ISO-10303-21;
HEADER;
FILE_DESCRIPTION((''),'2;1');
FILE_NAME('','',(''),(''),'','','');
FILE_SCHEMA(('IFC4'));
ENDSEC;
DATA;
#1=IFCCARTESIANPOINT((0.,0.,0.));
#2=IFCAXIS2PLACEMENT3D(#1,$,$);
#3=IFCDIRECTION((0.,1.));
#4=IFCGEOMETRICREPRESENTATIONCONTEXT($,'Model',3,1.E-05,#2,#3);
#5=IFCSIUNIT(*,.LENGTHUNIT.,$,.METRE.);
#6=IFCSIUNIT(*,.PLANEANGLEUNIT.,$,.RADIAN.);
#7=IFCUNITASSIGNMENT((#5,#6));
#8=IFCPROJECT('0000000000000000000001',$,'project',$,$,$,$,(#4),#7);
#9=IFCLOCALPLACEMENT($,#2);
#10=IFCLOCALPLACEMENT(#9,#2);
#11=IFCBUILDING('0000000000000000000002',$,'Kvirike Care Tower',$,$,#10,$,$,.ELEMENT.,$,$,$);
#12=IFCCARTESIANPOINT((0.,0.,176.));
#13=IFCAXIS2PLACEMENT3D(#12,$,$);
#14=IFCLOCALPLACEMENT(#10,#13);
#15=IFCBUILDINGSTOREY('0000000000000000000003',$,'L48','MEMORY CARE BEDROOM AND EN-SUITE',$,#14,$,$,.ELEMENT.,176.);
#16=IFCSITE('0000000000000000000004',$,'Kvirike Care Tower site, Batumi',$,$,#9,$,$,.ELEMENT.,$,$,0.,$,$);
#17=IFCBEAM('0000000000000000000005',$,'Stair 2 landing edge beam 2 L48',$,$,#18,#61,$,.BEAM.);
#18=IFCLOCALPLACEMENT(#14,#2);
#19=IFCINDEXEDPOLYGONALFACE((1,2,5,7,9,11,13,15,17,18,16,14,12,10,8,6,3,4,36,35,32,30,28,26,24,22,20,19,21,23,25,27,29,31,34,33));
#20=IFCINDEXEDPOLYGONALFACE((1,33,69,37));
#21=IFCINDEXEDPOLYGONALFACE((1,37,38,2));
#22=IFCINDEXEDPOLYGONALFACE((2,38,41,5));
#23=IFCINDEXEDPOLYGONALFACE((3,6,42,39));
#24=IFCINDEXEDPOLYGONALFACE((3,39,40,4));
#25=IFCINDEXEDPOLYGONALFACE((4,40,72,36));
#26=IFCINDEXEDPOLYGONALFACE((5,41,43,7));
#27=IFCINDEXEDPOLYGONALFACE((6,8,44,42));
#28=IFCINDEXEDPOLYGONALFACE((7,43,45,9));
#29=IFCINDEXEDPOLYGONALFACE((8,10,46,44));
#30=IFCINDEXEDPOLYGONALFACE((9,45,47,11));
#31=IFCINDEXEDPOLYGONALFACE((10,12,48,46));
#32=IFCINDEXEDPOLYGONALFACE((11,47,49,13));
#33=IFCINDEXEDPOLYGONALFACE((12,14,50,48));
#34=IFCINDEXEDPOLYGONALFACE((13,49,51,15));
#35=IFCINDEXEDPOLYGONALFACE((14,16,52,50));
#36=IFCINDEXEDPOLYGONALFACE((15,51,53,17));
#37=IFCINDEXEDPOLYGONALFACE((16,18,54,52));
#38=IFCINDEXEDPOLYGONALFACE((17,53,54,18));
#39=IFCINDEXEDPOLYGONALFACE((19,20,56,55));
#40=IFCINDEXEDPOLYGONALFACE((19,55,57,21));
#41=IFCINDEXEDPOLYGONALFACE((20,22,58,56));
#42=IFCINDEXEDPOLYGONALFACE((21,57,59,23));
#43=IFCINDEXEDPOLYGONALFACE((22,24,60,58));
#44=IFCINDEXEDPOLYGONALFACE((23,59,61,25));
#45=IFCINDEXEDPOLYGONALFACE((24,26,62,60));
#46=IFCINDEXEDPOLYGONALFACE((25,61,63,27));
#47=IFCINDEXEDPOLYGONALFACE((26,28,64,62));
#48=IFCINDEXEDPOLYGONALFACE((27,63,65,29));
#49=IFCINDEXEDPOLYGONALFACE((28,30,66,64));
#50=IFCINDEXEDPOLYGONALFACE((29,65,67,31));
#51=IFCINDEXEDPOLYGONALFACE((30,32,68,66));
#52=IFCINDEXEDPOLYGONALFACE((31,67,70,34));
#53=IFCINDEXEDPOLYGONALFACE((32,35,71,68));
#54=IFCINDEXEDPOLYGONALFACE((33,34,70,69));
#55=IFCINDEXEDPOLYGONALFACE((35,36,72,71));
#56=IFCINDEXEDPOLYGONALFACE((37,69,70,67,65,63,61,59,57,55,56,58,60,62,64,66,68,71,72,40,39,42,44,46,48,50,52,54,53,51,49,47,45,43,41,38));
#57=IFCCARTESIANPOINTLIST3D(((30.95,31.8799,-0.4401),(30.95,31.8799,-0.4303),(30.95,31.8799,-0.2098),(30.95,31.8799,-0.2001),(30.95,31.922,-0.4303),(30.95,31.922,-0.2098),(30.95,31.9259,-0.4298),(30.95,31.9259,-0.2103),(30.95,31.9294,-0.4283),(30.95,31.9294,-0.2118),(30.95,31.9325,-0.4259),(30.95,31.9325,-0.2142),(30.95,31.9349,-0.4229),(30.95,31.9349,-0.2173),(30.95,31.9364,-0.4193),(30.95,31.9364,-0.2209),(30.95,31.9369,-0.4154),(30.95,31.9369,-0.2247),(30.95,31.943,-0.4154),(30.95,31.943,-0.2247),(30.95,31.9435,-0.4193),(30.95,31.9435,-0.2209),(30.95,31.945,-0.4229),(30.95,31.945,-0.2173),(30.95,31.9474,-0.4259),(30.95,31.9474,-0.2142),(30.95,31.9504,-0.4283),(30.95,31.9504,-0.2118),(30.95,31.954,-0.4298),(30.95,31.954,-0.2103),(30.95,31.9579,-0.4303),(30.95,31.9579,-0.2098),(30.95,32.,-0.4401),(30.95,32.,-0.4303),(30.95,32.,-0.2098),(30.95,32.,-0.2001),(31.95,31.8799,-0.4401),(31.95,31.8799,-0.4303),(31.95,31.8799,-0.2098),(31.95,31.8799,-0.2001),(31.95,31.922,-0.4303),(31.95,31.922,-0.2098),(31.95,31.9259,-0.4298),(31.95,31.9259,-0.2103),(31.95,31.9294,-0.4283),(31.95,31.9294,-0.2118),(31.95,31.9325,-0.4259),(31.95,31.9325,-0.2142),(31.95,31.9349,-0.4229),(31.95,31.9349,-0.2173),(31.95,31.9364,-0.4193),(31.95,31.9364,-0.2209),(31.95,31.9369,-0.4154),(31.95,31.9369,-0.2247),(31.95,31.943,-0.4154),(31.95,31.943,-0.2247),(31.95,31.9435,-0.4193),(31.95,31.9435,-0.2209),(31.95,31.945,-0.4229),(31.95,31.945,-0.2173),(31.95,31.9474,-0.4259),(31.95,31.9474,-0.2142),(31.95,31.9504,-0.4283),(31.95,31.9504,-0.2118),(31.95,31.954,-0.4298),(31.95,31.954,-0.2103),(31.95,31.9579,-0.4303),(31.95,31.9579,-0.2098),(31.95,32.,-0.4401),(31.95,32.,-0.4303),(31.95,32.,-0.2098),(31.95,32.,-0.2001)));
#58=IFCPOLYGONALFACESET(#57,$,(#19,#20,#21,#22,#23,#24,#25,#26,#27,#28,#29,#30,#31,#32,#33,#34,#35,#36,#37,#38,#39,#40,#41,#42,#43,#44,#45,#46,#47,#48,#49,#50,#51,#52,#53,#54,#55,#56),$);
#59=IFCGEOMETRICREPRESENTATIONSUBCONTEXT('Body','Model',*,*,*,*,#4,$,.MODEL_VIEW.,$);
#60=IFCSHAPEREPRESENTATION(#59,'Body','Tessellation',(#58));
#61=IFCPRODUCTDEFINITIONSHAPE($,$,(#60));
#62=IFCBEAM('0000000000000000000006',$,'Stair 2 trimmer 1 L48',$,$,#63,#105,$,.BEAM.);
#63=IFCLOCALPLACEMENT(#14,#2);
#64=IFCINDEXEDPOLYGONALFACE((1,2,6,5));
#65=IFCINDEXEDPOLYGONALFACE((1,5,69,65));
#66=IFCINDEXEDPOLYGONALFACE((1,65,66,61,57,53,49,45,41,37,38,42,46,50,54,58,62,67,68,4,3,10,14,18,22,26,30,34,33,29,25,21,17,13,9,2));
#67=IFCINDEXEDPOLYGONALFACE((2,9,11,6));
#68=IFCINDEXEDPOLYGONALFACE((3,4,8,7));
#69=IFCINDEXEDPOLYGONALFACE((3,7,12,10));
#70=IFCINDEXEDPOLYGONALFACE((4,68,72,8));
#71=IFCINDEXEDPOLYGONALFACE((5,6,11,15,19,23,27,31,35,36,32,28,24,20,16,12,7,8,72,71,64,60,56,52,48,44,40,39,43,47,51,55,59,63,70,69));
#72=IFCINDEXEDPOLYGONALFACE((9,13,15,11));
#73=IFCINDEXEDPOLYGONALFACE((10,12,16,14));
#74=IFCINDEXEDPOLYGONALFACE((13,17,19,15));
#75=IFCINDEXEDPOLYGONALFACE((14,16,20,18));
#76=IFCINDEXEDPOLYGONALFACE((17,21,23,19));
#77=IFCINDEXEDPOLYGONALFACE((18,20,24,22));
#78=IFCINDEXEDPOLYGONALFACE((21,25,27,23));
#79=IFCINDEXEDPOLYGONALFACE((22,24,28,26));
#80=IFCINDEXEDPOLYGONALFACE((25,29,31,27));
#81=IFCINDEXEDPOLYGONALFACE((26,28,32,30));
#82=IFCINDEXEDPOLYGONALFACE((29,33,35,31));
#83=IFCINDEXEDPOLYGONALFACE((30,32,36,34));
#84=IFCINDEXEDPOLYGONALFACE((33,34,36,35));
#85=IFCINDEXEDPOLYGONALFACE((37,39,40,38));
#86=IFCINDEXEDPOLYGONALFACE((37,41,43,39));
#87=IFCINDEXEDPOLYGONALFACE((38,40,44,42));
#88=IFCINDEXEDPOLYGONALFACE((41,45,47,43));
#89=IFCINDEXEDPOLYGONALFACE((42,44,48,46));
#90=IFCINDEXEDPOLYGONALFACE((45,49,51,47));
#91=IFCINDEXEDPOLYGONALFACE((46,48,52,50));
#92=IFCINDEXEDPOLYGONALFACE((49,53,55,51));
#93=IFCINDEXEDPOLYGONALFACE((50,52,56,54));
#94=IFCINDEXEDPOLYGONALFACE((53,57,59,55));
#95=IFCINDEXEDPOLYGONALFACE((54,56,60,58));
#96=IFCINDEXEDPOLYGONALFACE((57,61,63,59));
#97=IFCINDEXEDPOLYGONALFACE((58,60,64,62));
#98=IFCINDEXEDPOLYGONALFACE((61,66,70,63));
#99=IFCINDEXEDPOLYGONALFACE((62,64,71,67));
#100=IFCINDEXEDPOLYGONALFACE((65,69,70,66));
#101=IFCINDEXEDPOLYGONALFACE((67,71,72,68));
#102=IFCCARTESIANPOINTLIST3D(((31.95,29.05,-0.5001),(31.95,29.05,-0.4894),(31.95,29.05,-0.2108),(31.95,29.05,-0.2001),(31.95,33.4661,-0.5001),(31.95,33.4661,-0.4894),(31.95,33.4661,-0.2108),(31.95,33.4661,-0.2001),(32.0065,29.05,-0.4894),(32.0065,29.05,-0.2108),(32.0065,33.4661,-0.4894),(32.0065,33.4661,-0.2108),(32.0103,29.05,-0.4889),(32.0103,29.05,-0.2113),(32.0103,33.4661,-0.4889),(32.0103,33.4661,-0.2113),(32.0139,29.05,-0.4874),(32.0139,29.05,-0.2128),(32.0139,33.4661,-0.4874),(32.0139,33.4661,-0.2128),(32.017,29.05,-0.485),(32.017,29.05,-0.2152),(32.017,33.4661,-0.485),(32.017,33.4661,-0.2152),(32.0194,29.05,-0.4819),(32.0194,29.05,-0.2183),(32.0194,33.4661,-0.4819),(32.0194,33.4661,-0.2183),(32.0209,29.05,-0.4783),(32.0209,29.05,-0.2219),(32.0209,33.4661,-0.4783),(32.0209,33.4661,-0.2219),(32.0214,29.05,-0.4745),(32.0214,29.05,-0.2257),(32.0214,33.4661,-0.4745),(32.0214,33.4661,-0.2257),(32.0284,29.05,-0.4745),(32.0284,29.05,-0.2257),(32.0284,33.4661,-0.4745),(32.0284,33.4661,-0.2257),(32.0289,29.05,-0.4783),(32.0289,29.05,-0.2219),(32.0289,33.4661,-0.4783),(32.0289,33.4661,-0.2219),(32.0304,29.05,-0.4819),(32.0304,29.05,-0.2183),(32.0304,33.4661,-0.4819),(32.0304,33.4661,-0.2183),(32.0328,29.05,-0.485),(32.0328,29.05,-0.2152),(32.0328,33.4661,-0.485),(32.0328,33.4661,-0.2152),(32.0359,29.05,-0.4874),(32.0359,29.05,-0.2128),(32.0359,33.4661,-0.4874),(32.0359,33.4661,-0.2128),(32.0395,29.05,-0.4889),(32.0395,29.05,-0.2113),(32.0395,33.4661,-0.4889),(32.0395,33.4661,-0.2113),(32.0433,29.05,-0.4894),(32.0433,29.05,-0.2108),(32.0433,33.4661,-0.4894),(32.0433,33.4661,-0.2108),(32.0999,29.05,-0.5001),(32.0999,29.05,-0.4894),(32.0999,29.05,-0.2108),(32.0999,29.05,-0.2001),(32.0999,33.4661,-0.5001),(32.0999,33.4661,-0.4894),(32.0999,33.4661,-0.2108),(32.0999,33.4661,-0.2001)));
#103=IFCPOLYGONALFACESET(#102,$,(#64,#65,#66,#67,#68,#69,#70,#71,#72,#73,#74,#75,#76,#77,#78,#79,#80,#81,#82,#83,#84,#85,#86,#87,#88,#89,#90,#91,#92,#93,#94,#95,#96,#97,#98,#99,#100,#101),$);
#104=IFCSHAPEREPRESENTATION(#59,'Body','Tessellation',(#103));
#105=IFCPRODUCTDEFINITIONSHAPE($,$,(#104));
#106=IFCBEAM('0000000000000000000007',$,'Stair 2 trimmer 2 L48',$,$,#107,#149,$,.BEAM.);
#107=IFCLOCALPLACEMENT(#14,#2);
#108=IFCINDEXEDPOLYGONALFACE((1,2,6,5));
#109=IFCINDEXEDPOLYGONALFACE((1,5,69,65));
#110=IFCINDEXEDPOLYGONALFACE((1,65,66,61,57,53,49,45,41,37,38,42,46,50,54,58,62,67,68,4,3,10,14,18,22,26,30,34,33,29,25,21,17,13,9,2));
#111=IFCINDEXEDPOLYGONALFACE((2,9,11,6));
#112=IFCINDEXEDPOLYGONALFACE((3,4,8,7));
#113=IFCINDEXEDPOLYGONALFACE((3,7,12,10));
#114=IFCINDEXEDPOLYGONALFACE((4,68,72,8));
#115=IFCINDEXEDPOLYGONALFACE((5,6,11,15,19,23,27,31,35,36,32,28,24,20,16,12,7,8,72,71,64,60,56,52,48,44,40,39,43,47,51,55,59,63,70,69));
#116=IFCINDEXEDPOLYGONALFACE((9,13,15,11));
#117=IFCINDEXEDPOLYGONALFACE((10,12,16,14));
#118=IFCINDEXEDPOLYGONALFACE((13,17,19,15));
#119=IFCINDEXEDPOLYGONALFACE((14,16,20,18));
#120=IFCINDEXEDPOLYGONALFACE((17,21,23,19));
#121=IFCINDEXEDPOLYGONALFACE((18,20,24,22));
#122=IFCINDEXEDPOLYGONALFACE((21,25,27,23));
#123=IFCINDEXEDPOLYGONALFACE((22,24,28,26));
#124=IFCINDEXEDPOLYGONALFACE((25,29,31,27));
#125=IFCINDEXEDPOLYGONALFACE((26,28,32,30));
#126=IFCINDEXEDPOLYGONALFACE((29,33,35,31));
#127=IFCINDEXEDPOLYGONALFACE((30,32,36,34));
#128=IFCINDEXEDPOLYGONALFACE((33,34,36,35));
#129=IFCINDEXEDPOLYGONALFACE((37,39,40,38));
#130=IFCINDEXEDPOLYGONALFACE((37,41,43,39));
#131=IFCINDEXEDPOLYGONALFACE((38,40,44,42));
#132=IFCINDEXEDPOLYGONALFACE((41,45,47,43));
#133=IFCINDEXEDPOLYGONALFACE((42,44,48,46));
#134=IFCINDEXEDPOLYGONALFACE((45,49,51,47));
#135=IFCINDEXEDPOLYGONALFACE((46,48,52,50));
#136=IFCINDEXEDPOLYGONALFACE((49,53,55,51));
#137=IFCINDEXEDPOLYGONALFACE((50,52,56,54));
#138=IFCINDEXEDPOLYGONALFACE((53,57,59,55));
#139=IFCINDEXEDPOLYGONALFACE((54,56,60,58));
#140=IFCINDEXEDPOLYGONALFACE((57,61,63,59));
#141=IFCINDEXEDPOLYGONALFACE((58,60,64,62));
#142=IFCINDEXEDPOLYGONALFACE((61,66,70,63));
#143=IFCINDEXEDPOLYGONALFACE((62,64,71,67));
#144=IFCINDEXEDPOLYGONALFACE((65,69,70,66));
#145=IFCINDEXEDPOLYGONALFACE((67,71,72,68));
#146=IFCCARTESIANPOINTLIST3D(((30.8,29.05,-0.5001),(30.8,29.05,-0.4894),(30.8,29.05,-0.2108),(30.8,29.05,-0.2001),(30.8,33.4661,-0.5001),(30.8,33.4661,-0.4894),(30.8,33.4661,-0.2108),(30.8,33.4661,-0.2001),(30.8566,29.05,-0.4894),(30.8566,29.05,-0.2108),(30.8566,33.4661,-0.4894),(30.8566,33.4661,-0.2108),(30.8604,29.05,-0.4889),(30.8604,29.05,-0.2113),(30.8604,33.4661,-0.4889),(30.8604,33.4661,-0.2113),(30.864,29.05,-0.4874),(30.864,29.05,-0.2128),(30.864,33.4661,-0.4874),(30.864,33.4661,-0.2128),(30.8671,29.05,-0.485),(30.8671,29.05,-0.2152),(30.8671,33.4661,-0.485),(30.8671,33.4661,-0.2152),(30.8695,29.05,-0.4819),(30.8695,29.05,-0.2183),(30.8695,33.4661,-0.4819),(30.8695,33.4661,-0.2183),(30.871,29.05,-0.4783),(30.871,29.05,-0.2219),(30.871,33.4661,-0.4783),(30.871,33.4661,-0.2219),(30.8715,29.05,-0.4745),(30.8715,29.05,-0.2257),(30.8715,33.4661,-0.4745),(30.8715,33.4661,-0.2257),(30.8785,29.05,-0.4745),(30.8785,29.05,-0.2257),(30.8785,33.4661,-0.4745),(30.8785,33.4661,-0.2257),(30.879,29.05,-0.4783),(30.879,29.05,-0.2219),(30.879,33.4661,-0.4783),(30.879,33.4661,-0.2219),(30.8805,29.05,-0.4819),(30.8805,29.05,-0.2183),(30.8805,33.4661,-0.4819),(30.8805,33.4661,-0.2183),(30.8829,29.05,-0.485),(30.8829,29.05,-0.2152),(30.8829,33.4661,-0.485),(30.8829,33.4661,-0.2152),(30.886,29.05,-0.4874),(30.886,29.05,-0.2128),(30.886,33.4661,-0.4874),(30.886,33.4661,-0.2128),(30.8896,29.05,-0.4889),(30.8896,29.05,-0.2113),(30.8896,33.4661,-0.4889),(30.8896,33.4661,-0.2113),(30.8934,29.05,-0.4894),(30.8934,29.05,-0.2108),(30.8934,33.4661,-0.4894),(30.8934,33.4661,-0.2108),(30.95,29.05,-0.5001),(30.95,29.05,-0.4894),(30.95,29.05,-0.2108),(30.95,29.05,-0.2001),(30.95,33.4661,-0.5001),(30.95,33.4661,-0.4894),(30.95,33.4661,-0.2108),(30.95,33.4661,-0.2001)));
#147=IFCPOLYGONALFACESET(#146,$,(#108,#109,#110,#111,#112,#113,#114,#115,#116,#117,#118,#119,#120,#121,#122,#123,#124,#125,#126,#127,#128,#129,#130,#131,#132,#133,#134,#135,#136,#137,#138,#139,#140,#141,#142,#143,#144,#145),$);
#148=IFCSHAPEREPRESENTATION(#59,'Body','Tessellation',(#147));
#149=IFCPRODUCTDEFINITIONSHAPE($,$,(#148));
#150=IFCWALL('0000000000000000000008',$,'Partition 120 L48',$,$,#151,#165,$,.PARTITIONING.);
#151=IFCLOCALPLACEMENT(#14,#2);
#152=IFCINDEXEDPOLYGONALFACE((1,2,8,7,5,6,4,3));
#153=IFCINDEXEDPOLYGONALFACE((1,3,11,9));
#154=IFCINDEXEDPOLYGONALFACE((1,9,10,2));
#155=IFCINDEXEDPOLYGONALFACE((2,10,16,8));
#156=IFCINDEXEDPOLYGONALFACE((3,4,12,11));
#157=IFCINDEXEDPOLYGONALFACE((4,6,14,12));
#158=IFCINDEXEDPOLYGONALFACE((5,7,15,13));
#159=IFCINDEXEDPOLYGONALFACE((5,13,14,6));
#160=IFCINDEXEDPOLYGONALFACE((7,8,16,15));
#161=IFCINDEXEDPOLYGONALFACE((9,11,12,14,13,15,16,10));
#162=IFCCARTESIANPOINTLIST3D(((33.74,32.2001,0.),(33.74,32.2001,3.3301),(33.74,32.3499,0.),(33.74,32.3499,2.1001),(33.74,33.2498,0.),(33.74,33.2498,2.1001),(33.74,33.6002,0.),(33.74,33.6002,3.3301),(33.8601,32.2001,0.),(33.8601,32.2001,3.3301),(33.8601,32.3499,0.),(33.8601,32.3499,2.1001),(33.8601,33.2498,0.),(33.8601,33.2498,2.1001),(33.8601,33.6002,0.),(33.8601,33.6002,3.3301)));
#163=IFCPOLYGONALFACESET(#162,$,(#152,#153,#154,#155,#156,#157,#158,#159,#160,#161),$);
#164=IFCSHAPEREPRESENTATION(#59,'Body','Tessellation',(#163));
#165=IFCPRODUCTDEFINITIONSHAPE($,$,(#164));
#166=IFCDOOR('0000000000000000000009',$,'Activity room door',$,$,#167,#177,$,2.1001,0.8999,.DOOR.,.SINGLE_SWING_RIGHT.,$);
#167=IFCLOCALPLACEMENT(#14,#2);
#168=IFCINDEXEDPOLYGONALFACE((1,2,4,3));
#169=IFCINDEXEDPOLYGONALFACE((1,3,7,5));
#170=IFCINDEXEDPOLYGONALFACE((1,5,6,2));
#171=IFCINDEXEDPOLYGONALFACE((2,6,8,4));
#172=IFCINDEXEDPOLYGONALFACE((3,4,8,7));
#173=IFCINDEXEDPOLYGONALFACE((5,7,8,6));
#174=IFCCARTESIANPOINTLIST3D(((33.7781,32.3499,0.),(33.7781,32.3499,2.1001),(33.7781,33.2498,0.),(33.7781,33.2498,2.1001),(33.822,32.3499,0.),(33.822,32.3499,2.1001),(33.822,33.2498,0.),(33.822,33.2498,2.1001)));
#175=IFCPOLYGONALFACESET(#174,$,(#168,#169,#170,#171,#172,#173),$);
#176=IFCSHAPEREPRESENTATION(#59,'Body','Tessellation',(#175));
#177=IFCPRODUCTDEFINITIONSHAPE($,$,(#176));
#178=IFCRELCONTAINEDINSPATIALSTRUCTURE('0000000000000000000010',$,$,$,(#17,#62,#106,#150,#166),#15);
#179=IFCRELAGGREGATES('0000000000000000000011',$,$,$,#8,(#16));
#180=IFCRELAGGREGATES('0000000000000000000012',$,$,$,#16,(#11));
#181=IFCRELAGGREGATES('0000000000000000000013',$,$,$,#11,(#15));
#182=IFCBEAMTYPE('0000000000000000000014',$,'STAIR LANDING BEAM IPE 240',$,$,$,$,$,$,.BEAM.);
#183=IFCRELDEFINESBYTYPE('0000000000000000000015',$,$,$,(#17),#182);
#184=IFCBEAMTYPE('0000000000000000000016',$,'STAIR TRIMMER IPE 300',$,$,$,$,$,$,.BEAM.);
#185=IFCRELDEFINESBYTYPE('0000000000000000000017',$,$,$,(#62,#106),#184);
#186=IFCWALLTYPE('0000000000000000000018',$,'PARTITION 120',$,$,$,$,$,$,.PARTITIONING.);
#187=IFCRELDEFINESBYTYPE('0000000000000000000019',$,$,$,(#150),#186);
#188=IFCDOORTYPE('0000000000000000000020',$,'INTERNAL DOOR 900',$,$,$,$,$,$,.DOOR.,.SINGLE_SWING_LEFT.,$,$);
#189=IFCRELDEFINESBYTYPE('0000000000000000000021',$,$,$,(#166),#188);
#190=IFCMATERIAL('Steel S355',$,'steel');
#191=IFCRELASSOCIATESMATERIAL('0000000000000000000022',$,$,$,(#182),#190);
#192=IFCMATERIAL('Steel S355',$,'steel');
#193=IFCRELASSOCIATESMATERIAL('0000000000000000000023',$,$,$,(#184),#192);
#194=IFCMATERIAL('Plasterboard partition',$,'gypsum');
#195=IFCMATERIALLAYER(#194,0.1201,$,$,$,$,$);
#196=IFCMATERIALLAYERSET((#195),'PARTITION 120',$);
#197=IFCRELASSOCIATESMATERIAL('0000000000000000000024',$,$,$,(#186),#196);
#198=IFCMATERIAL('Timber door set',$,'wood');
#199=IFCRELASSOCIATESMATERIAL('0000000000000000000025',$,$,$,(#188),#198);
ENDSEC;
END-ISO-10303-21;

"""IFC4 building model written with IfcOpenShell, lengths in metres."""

from ifc_helpers import new_model, si_unit, direction, frame, frame_2d, origin, origin_2d, place, context, subcontext, project, spatial, rectangle, i_section, extrude, material, layer, layer_set, material_profile, profile_set, type_object, element, fill, save


model = new_model("IFC4")

# Units and contexts
model_context = context("Model", 3, precision=1e-05, world=origin(), true_north=direction((0.0, 1.0)))
body_context = subcontext(model_context, "Body", "Model", "MODEL_VIEW")
ifc_project = project(units=[si_unit("LENGTHUNIT", "METRE"), si_unit("PLANEANGLEUNIT", "RADIAN")], contexts=[model_context])

# Site, building, storey
site_placement = place(None, origin())
site = spatial("IfcSite", under=ifc_project, at=site_placement, Name="Kvirike Care Tower site, Batumi", CompositionType="ELEMENT", RefElevation=0.0)
building_placement = place(site_placement, origin())
building = spatial("IfcBuilding", under=site, at=building_placement, Name="Kvirike Care Tower", CompositionType="ELEMENT")
storey_placement = place(building_placement, frame((0.0, 0.0, 176.0)))
storey = spatial("IfcBuildingStorey", under=building, at=storey_placement, Name="L48", Description="MEMORY CARE BEDROOM AND EN-SUITE", CompositionType="ELEMENT", Elevation=176.0)

# Beams
ifc_material_1 = material(Name="Steel S355", Category="steel")
ifc_material_profile_1 = material_profile(ifc_material_1, i_section(OverallWidth=0.1201, OverallDepth=0.24, WebThickness=0.0061, FlangeThickness=0.0098, FilletRadius=0.0149, at=origin_2d()), Name="IPE 240")
ifc_profile_set_1 = profile_set([ifc_material_profile_1], Name="Steel S355")
beam_type_1 = type_object("IfcBeamType", Name="STAIR LANDING BEAM IPE 240", PredefinedType="BEAM", material=ifc_profile_set_1)
for number, where, z_axis, x_axis, name in (
    (1, (31.95, 31.9399, -0.3201), (-1.0, 0.0, 0.0), (0.0, -1.0, 0.0), "Stair 2 landing edge beam 2 L48"),
):
    element("IfcBeam", number, at=place(storey_placement, frame(where, z_axis=z_axis, x_axis=x_axis)), inside=storey, type_object=beam_type_1, Name=name, PredefinedType="BEAM", context=body_context, shape_type="SweptSolid", body=[
        extrude(i_section(OverallWidth=0.1201, OverallDepth=0.24, WebThickness=0.0061, FlangeThickness=0.0098, FilletRadius=0.0149, at=origin_2d()), origin(), (0.0, 0.0, 1.0), 1.0),
    ])
ifc_material_2 = material(Name="Steel S355", Category="steel")
ifc_material_profile_2 = material_profile(ifc_material_2, i_section(OverallWidth=0.1499, OverallDepth=0.3, WebThickness=0.0071, FlangeThickness=0.0107, FilletRadius=0.0149, at=origin_2d()), Name="IPE 300")
ifc_profile_set_2 = profile_set([ifc_material_profile_2], Name="Steel S355")
beam_type_2 = type_object("IfcBeamType", Name="STAIR TRIMMER IPE 300", PredefinedType="BEAM", material=ifc_profile_set_2)
for number, where, z_axis, x_axis, name in (
    (2, (32.0249, 29.05, -0.3501), (0.0, 1.0, 0.0), (-1.0, 0.0, 0.0), "Stair 2 trimmer 1 L48"),
    (3, (30.875, 29.05, -0.3501), (0.0, 1.0, 0.0), (-1.0, 0.0, 0.0), "Stair 2 trimmer 2 L48"),
):
    element("IfcBeam", number, at=place(storey_placement, frame(where, z_axis=z_axis, x_axis=x_axis)), inside=storey, type_object=beam_type_2, Name=name, PredefinedType="BEAM", context=body_context, shape_type="SweptSolid", body=[
        extrude(i_section(OverallWidth=0.1499, OverallDepth=0.3, WebThickness=0.0071, FlangeThickness=0.0107, FilletRadius=0.0149, at=origin_2d()), origin(), (0.0, 0.0, 1.0), 4.416),
    ])

# Wall, opening, door
ifc_material_3 = material(Name="Plasterboard partition", Category="gypsum")
ifc_layer_1 = layer(ifc_material_3, 0.1201)
ifc_layer_set_1 = layer_set([ifc_layer_1], Name="PARTITION 120")
wall_type_1 = type_object("IfcWallType", Name="PARTITION 120", PredefinedType="PARTITIONING", material=ifc_layer_set_1)
wall_placement = place(storey_placement, frame((33.8, 32.2, 0.0), z_axis=(0.0, 0.0, 1.0), x_axis=(0.0, 1.0, 0.0)))
wall = element("IfcWall", 4, at=wall_placement, inside=storey, type_object=wall_type_1, Name="Partition 120 L48", PredefinedType="PARTITIONING", context=body_context, shape_type="SweptSolid", body=[
    extrude(rectangle(XDim=1.4001, YDim=0.1201, at=frame_2d((0.7002, 0.0))), origin(), (0.0, 0.0, 1.0), 3.3301),
])
opening_placement = place(wall_placement, frame((0.1499, 0.0, 0.0)))
opening = element("IfcOpeningElement", 5, at=opening_placement, cuts=wall, PredefinedType="OPENING", context=body_context, shape_type="SweptSolid", body=[
    extrude(rectangle(XDim=0.8999, YDim=2.1001, at=frame_2d((0.45, 1.05))), frame((0.0, 0.0706, 0.0), z_axis=(0.0, -1.0, 0.0), x_axis=(1.0, 0.0, 0.0)), (0.0, 0.0, 1.0), 0.1411),
])
ifc_material_4 = material(Name="Timber door set", Category="wood")
door_type = type_object("IfcDoorType", Name="INTERNAL DOOR 900", OperationType="SINGLE_SWING_LEFT", PredefinedType="DOOR", material=ifc_material_4)
door_placement = place(opening_placement, origin())
door = element("IfcDoor", 6, at=door_placement, inside=storey, type_object=door_type, Name="Activity room door", OperationType="SINGLE_SWING_RIGHT", OverallHeight=2.1001, OverallWidth=0.8999, PredefinedType="DOOR", context=body_context, shape_type="SweptSolid", body=[
    extrude(rectangle(XDim=0.8999, YDim=2.1001, at=frame_2d((0.45, 1.05))), frame((0.0, 0.022, 0.0), z_axis=(0.0, -1.0, 0.0), x_axis=(1.0, 0.0, 0.0)), (0.0, 0.0, 1.0), 0.0439),
])
fill(opening, door)

save(model, "model.ifc")
